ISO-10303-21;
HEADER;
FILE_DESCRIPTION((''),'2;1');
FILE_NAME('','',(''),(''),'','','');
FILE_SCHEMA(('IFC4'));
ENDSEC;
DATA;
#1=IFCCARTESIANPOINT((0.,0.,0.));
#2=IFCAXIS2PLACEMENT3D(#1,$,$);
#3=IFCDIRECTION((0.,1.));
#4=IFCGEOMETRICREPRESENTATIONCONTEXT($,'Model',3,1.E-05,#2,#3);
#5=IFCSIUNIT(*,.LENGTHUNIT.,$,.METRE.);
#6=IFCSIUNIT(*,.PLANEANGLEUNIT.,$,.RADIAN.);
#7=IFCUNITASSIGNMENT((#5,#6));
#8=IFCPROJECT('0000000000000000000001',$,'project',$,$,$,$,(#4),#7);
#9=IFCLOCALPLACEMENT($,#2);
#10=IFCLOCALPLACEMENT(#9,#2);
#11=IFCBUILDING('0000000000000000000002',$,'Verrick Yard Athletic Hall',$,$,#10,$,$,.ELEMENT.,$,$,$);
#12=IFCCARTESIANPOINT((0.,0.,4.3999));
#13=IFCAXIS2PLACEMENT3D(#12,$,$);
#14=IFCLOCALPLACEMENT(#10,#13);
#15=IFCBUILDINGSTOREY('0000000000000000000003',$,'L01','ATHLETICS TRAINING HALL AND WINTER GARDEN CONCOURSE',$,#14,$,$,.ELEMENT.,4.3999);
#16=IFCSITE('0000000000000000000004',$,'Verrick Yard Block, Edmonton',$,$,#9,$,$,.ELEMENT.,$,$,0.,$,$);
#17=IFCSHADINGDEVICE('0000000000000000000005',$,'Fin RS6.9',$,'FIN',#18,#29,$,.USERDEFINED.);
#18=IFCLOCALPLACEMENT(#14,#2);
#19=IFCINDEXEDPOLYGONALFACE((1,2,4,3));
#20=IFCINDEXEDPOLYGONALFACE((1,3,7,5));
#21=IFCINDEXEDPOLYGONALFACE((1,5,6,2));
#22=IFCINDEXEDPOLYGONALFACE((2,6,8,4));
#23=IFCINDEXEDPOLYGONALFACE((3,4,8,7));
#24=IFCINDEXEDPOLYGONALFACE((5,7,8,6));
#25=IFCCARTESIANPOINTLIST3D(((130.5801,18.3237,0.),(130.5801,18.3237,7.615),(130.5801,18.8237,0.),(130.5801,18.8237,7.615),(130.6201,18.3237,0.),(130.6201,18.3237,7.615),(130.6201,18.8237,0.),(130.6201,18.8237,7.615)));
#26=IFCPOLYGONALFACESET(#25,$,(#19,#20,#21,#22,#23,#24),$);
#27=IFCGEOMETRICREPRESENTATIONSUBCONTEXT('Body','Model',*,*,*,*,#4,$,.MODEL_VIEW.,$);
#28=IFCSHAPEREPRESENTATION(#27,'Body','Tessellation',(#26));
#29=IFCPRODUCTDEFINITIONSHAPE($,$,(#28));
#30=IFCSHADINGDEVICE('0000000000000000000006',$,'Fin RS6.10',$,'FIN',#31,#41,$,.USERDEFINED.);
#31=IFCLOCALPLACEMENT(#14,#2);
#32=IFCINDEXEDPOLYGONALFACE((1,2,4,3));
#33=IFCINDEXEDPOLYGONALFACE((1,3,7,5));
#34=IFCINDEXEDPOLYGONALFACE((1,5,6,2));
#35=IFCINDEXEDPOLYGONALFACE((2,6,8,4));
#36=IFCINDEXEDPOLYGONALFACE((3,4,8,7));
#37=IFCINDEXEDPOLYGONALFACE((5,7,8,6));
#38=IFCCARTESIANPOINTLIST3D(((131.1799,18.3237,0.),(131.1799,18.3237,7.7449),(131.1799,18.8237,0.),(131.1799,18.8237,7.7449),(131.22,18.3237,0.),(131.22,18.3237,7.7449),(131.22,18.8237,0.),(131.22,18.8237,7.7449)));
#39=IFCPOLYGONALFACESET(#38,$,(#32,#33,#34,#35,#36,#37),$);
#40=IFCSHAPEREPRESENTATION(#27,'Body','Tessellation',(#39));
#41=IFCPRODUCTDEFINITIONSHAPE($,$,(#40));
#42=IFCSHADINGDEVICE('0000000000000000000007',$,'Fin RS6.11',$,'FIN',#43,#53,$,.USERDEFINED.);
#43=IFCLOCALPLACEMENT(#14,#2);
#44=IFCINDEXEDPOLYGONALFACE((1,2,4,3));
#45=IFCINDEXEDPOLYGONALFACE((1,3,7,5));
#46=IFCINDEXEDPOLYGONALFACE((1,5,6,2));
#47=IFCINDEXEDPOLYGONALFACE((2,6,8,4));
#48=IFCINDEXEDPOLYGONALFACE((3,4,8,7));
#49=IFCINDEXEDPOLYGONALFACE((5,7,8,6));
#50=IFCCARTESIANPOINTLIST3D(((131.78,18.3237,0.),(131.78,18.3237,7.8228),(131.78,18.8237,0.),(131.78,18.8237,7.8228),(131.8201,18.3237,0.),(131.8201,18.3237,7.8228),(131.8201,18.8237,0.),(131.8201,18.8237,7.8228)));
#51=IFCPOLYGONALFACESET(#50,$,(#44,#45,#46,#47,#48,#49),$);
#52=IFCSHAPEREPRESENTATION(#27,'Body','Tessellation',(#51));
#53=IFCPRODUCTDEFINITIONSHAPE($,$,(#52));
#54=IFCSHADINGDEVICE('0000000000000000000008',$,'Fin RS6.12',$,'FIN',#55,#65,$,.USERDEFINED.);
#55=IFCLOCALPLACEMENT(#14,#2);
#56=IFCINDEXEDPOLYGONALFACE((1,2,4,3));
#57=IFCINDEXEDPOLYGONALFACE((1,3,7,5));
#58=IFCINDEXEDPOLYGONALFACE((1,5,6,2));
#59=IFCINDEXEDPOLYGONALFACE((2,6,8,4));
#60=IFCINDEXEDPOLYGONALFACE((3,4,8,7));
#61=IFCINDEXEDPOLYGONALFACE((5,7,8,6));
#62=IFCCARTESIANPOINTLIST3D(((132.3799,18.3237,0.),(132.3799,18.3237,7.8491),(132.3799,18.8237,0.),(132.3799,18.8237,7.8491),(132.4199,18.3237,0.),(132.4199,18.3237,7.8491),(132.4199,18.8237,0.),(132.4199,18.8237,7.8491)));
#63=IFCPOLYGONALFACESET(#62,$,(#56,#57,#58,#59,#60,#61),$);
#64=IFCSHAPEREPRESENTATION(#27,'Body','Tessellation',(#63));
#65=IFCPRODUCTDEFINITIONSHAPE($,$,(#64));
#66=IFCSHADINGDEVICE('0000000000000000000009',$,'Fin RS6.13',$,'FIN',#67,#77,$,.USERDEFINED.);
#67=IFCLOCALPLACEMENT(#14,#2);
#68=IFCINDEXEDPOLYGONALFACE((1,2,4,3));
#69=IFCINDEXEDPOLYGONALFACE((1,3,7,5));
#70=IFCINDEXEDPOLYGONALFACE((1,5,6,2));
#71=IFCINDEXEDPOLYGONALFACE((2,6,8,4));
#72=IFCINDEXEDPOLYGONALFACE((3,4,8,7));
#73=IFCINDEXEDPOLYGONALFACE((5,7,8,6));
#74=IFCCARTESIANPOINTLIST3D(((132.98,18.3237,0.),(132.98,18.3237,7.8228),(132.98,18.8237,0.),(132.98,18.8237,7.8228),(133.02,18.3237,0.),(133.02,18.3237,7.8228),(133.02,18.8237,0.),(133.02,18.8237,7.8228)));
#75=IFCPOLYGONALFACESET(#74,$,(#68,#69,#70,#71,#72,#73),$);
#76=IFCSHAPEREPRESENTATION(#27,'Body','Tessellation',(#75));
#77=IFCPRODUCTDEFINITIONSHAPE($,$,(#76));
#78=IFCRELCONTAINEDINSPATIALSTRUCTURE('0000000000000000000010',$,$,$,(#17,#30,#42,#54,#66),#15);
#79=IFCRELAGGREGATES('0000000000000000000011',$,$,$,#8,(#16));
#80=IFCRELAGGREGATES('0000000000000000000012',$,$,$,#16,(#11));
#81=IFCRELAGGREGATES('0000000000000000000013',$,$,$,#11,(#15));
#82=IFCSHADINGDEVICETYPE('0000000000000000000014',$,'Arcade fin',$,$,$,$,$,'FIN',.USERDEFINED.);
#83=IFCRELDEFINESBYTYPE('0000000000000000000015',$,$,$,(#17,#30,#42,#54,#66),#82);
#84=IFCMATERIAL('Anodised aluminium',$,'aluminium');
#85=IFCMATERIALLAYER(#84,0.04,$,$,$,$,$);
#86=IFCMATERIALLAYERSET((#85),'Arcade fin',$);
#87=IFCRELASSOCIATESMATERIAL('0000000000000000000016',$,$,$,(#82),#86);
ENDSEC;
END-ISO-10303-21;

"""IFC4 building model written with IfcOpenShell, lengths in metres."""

from ifc_helpers import new_model, si_unit, direction, frame, origin, place, context, subcontext, project, spatial, polyline, outline, extrude, material, layer, layer_set, type_object, element, save


model = new_model("IFC4")

# Units and contexts
model_context = context("Model", 3, precision=1e-05, world=origin(), true_north=direction((0.0, 1.0)))
body_context = subcontext(model_context, "Body", "Model", "MODEL_VIEW")
ifc_project = project(units=[si_unit("LENGTHUNIT", "METRE"), si_unit("PLANEANGLEUNIT", "RADIAN")], contexts=[model_context])

# Site, building, storey
site_placement = place(None, origin())
site = spatial("IfcSite", under=ifc_project, at=site_placement, Name="Verrick Yard Block, Edmonton", CompositionType="ELEMENT", RefElevation=0.0)
building_placement = place(site_placement, origin())
building = spatial("IfcBuilding", under=site, at=building_placement, Name="Verrick Yard Athletic Hall", CompositionType="ELEMENT")
storey_placement = place(building_placement, frame((0.0, 0.0, 4.3999)))
storey = spatial("IfcBuildingStorey", under=building, at=storey_placement, Name="L01", Description="ATHLETICS TRAINING HALL AND WINTER GARDEN CONCOURSE", CompositionType="ELEMENT", Elevation=4.3999)

# Shading devices
ifc_material_1 = material(Name="Anodised aluminium", Category="aluminium")
ifc_layer_1 = layer(ifc_material_1, 0.04)
ifc_layer_set_1 = layer_set([ifc_layer_1], Name="Arcade fin")
shading_device_type = type_object("IfcShadingDeviceType", Name="Arcade fin", ElementType="FIN", PredefinedType="USERDEFINED", material=ifc_layer_set_1)
shading_device_1_placement = place(storey_placement, frame((130.6001, 18.8237, 0.0), z_axis=(0.0, 0.0, 1.0), x_axis=(0.0, -1.0, 0.0)))
element("IfcShadingDevice", 1, at=shading_device_1_placement, inside=storey, type_object=shading_device_type, Name="Fin RS6.9", ObjectType="FIN", PredefinedType="USERDEFINED", context=body_context, shape_type="SweptSolid", body=[
    extrude(outline(polyline([(0.0, 0.0), (0.5, 0.0), (0.5, 7.615), (0.0, 7.615), (0.0, 0.0)])), frame((0.0, 0.02, 0.0), z_axis=(0.0, -1.0, 0.0), x_axis=(1.0, 0.0, 0.0)), (0.0, 0.0, 1.0), 0.04),
])
shading_device_2_placement = place(storey_placement, frame((131.2, 18.8237, 0.0), z_axis=(0.0, 0.0, 1.0), x_axis=(0.0, -1.0, 0.0)))
element("IfcShadingDevice", 2, at=shading_device_2_placement, inside=storey, type_object=shading_device_type, Name="Fin RS6.10", ObjectType="FIN", PredefinedType="USERDEFINED", context=body_context, shape_type="SweptSolid", body=[
    extrude(outline(polyline([(0.0, 0.0), (0.5, 0.0), (0.5, 7.7449), (0.0, 7.7449), (0.0, 0.0)])), frame((0.0, 0.02, 0.0), z_axis=(0.0, -1.0, 0.0), x_axis=(1.0, 0.0, 0.0)), (0.0, 0.0, 1.0), 0.04),
])
shading_device_3_placement = place(storey_placement, frame((131.8, 18.8237, 0.0), z_axis=(0.0, 0.0, 1.0), x_axis=(0.0, -1.0, 0.0)))
element("IfcShadingDevice", 3, at=shading_device_3_placement, inside=storey, type_object=shading_device_type, Name="Fin RS6.11", ObjectType="FIN", PredefinedType="USERDEFINED", context=body_context, shape_type="SweptSolid", body=[
    extrude(outline(polyline([(0.0, 0.0), (0.5, 0.0), (0.5, 7.8228), (0.0, 7.8228), (0.0, 0.0)])), frame((0.0, 0.02, 0.0), z_axis=(0.0, -1.0, 0.0), x_axis=(1.0, 0.0, 0.0)), (0.0, 0.0, 1.0), 0.04),
])
shading_device_4_placement = place(storey_placement, frame((132.3999, 18.8237, 0.0), z_axis=(0.0, 0.0, 1.0), x_axis=(0.0, -1.0, 0.0)))
element("IfcShadingDevice", 4, at=shading_device_4_placement, inside=storey, type_object=shading_device_type, Name="Fin RS6.12", ObjectType="FIN", PredefinedType="USERDEFINED", context=body_context, shape_type="SweptSolid", body=[
    extrude(outline(polyline([(0.0, 0.0), (0.5, 0.0), (0.5, 7.8491), (0.0, 7.8491), (0.0, 0.0)])), frame((0.0, 0.02, 0.0), z_axis=(0.0, -1.0, 0.0), x_axis=(1.0, 0.0, 0.0)), (0.0, 0.0, 1.0), 0.04),
])
shading_device_5_placement = place(storey_placement, frame((133.0, 18.8237, 0.0), z_axis=(0.0, 0.0, 1.0), x_axis=(0.0, -1.0, 0.0)))
element("IfcShadingDevice", 5, at=shading_device_5_placement, inside=storey, type_object=shading_device_type, Name="Fin RS6.13", ObjectType="FIN", PredefinedType="USERDEFINED", context=body_context, shape_type="SweptSolid", body=[
    extrude(outline(polyline([(0.0, 0.0), (0.5, 0.0), (0.5, 7.8228), (0.0, 7.8228), (0.0, 0.0)])), frame((0.0, 0.02, 0.0), z_axis=(0.0, -1.0, 0.0), x_axis=(1.0, 0.0, 0.0)), (0.0, 0.0, 1.0), 0.04),
])

save(model, "model.ifc")
